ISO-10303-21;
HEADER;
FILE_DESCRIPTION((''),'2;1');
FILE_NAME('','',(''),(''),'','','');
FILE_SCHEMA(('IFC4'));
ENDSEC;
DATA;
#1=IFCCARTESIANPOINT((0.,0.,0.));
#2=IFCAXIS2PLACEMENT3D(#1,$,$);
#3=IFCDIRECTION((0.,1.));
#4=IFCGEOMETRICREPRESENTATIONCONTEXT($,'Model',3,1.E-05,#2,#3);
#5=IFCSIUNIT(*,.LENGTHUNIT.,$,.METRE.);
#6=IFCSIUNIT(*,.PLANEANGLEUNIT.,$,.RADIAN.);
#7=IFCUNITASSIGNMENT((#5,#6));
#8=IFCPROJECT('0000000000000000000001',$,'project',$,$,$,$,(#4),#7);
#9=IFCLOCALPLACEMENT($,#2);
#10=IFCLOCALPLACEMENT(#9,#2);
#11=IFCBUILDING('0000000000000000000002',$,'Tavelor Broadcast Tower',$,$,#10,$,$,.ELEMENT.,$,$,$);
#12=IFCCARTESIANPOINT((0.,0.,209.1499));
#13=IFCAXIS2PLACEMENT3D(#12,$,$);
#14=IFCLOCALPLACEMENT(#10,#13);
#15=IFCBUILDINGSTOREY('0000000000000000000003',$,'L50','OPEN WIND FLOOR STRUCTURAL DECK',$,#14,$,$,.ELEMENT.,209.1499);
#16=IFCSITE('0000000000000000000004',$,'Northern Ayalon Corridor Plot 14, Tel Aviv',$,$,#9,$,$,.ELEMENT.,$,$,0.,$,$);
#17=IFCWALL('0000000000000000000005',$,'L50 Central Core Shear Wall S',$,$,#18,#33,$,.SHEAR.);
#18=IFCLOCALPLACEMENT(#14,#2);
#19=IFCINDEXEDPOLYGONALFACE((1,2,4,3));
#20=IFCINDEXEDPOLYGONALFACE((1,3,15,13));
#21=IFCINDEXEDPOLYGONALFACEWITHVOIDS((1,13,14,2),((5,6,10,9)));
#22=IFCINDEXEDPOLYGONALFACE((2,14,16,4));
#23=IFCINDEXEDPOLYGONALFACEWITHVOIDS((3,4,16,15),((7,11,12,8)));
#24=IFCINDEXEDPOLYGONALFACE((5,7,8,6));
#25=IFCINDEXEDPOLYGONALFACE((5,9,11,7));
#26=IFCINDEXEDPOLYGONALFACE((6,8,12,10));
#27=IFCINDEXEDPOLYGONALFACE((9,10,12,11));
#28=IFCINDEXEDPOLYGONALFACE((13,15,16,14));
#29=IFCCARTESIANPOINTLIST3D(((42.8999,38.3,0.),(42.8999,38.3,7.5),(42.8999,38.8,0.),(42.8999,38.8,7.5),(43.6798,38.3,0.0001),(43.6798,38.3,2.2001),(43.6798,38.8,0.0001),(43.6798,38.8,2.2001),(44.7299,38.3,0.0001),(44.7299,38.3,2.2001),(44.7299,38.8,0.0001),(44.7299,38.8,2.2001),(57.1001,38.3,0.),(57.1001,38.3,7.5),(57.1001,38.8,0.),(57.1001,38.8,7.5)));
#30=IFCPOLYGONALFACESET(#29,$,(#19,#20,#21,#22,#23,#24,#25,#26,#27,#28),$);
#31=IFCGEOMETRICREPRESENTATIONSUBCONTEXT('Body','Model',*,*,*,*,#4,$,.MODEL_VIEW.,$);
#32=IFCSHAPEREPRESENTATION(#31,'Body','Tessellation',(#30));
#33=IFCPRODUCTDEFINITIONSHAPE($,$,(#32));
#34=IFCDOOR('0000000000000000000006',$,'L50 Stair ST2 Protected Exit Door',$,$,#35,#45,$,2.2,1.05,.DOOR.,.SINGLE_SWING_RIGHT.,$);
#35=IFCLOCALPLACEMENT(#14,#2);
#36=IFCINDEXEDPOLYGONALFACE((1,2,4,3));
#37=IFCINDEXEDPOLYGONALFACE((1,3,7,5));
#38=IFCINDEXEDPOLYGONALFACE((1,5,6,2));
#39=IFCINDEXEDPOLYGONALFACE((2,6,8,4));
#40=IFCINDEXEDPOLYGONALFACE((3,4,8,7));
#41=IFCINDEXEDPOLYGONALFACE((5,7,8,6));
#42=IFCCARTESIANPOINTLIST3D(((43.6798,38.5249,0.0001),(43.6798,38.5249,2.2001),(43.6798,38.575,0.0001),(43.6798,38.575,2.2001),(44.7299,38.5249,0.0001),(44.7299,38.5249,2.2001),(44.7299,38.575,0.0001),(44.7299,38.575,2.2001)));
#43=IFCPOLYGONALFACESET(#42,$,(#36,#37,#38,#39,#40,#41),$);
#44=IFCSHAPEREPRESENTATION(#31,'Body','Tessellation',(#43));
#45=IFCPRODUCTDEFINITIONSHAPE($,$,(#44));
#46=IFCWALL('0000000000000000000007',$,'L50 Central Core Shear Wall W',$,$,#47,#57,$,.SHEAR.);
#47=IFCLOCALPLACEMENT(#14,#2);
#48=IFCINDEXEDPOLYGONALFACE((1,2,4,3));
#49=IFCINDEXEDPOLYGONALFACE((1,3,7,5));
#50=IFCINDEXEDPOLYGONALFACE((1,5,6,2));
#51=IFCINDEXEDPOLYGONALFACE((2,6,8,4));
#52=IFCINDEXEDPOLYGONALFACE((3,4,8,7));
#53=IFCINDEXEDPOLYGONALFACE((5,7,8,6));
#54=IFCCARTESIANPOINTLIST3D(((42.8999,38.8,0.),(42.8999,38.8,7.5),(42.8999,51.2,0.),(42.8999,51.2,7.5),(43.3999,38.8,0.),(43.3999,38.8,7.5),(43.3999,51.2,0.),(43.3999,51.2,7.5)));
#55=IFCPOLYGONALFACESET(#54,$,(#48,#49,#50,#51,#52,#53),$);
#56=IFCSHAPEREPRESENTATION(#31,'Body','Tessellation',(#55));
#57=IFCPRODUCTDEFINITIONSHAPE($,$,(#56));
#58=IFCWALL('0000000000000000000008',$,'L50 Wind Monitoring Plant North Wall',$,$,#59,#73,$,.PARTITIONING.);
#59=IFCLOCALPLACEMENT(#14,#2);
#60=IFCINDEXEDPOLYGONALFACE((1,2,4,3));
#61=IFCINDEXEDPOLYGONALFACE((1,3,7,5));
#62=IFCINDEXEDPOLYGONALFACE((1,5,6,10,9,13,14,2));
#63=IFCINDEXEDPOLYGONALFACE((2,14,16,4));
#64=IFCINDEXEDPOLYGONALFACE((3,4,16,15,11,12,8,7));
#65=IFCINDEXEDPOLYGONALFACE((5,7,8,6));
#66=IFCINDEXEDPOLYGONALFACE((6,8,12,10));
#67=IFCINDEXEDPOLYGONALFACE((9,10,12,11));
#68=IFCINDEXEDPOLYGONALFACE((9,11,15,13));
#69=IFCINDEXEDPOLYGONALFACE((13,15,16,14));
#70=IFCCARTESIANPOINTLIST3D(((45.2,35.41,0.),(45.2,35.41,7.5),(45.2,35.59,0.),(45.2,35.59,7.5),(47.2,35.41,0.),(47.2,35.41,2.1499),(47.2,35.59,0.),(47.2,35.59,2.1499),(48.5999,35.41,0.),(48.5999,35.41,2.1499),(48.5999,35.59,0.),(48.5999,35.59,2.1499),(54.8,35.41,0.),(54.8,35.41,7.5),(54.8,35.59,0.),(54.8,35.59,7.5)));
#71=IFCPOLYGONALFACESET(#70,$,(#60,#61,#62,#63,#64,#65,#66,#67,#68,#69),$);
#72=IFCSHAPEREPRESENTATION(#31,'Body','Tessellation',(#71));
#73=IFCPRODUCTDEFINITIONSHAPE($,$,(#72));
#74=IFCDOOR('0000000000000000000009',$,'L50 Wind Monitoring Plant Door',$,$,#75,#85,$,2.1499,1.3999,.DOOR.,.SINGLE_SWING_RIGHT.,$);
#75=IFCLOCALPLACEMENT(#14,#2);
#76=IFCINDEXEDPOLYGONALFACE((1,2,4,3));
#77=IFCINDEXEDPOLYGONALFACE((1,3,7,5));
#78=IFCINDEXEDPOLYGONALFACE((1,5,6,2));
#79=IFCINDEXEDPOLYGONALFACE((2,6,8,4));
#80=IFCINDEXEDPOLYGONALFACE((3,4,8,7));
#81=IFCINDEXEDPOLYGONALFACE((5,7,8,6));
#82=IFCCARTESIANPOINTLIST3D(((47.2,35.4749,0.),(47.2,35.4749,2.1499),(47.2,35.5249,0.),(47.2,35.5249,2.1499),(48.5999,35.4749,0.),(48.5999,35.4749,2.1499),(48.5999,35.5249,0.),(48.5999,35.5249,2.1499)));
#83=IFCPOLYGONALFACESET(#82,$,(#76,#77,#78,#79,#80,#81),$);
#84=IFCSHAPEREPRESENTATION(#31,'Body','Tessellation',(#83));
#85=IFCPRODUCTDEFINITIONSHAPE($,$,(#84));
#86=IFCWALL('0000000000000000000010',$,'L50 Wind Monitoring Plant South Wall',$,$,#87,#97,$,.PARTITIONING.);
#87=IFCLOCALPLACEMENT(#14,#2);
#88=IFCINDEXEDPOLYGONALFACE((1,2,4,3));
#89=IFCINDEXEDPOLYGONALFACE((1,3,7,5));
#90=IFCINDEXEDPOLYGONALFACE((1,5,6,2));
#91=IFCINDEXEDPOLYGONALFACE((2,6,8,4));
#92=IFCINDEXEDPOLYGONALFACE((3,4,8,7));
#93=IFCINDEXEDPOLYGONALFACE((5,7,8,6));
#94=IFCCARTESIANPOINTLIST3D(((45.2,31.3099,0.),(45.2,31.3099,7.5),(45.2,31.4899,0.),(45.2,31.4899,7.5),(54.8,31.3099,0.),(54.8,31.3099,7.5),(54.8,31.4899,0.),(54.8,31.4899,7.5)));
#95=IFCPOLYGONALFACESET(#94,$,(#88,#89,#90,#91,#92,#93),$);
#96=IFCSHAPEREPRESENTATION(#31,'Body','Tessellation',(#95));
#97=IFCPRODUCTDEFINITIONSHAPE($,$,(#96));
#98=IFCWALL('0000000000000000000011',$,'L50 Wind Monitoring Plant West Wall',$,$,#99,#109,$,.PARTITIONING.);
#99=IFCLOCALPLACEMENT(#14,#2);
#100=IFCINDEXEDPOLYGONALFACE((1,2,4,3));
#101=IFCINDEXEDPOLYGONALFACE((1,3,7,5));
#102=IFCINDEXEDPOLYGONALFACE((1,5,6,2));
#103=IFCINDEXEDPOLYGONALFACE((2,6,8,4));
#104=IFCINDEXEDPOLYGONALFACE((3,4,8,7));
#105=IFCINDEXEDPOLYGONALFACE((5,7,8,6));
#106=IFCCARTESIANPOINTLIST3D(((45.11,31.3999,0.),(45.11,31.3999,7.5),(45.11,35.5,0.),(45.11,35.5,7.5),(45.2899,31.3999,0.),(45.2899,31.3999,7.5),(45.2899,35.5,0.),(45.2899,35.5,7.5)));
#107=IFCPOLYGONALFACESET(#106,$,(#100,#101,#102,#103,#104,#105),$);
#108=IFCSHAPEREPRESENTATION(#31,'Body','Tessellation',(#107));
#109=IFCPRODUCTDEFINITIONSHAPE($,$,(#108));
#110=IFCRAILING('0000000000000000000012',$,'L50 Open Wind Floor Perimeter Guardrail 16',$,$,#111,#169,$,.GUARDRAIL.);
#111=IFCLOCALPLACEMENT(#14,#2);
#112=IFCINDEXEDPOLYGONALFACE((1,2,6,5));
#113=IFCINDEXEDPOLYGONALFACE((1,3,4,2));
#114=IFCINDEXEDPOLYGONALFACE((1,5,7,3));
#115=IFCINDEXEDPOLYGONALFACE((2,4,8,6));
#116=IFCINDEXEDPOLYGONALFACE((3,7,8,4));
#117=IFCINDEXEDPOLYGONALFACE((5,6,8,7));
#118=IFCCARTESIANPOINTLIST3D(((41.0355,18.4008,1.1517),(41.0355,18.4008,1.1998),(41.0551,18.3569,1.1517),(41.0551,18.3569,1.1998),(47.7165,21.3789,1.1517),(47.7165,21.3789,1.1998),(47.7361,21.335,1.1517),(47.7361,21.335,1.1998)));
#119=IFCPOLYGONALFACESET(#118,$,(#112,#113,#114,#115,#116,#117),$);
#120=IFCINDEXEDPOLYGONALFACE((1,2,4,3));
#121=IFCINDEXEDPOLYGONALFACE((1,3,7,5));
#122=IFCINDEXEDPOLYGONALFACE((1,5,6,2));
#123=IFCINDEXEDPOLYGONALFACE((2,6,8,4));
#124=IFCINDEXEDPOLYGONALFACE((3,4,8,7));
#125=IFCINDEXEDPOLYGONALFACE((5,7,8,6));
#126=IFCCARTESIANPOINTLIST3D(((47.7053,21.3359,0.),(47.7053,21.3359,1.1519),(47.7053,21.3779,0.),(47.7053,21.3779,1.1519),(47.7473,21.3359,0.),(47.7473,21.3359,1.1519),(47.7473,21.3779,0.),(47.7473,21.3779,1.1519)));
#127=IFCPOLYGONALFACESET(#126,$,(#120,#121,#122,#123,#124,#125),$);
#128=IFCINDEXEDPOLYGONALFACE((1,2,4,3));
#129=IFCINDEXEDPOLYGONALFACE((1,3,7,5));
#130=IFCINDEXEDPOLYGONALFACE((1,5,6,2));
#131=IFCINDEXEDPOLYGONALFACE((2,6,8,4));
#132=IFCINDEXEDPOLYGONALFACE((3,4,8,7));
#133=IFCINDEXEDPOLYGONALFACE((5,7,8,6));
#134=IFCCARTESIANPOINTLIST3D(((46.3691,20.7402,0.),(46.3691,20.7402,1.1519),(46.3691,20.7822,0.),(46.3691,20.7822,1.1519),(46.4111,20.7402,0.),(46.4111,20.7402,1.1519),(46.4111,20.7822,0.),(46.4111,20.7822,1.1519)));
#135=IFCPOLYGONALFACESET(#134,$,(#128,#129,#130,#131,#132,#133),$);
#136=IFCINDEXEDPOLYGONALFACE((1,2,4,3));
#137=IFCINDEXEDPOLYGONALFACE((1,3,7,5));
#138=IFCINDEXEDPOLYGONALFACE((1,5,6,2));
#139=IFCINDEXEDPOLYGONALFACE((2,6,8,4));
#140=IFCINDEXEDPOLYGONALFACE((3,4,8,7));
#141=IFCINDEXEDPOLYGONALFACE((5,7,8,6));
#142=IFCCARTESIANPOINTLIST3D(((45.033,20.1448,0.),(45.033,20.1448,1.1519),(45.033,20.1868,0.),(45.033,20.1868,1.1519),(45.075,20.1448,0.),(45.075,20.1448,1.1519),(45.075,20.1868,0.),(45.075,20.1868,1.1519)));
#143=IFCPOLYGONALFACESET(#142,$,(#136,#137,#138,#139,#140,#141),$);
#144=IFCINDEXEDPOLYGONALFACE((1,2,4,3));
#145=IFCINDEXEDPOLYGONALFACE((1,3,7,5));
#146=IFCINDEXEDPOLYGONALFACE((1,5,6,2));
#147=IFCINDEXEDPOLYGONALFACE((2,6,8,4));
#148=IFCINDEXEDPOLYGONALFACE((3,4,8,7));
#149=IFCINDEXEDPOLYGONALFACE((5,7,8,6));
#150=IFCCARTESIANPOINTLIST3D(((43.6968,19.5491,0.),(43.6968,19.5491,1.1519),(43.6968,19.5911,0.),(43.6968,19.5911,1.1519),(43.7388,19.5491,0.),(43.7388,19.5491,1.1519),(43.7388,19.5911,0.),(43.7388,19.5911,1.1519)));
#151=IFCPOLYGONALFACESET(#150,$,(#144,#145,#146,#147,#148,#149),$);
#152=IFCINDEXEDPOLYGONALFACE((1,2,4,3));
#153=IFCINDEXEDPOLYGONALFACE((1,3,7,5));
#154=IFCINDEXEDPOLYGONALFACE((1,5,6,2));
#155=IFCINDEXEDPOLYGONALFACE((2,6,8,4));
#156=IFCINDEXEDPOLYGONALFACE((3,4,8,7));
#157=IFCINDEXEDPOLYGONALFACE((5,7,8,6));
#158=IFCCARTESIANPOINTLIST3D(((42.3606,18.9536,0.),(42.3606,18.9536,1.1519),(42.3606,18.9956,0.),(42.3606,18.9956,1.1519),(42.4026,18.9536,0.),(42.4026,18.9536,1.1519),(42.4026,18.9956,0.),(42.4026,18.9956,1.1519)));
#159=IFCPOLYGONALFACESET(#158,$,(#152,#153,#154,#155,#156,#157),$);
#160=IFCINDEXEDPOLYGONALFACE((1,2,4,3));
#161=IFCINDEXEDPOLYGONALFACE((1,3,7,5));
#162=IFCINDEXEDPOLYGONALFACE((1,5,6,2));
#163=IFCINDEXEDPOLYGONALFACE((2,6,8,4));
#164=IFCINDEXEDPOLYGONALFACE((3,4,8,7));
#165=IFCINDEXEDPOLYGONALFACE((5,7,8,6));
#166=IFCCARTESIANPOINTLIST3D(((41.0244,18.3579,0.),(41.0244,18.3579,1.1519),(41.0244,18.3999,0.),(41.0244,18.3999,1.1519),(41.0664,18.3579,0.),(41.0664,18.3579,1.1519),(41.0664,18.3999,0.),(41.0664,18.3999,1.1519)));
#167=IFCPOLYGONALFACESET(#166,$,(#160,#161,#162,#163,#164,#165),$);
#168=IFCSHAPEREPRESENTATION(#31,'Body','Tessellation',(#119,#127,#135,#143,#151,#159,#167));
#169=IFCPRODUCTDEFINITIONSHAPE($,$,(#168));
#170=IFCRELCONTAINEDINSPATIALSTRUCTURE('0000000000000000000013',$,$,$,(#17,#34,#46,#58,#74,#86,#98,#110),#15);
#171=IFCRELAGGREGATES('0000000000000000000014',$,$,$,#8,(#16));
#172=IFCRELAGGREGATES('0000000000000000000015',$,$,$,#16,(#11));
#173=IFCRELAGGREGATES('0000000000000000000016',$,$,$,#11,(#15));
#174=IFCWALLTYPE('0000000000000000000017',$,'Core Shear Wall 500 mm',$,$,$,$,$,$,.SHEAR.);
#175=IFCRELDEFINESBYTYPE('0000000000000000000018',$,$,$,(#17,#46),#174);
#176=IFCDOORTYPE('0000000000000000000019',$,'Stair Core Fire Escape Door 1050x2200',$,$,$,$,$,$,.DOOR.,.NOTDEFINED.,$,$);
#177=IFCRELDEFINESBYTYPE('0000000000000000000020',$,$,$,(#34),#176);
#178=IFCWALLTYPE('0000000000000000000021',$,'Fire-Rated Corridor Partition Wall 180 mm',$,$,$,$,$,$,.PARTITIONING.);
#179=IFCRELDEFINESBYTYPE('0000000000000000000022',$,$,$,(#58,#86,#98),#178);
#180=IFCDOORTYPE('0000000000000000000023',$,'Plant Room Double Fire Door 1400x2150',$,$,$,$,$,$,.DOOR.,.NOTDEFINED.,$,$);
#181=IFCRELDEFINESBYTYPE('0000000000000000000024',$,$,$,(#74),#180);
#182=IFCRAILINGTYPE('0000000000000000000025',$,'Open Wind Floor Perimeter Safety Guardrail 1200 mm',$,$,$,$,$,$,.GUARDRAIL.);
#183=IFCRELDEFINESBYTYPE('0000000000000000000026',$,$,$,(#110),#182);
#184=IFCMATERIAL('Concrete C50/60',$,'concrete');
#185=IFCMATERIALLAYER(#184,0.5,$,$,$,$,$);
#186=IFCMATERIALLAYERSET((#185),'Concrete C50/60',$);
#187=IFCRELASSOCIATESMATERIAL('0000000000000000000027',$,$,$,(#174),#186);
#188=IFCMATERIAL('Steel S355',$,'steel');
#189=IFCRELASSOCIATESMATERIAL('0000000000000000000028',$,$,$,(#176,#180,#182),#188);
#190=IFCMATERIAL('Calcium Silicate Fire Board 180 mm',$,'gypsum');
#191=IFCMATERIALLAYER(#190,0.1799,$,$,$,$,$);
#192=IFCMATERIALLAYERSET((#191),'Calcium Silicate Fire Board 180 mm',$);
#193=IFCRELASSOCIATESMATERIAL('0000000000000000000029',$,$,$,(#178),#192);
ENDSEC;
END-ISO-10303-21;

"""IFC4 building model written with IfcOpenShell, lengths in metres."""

from ifc_helpers import new_model, si_unit, direction, frame, frame_2d, origin, origin_2d, place, context, subcontext, project, spatial, rectangle, extrude, material, layer, layer_set, type_object, element, fill, save


model = new_model("IFC4")

# Units and contexts
model_context = context("Model", 3, precision=1e-05, world=origin(), true_north=direction((0.0, 1.0)))
body_context = subcontext(model_context, "Body", "Model", "MODEL_VIEW")
ifc_project = project(units=[si_unit("LENGTHUNIT", "METRE"), si_unit("PLANEANGLEUNIT", "RADIAN")], contexts=[model_context])

# Site, building, storey
site_placement = place(None, origin())
site = spatial("IfcSite", under=ifc_project, at=site_placement, Name="Northern Ayalon Corridor Plot 14, Tel Aviv", CompositionType="ELEMENT", RefElevation=0.0)
building_placement = place(site_placement, origin())
building = spatial("IfcBuilding", under=site, at=building_placement, Name="Tavelor Broadcast Tower", CompositionType="ELEMENT")
storey_placement = place(building_placement, frame((0.0, 0.0, 209.1499)))
storey = spatial("IfcBuildingStorey", under=building, at=storey_placement, Name="L50", Description="OPEN WIND FLOOR STRUCTURAL DECK", CompositionType="ELEMENT", Elevation=209.1499)

# Shared definitions
ifc_material_1 = material(Name="Steel S355", Category="steel")

# Wall, opening, door
ifc_material_2 = material(Name="Concrete C50/60", Category="concrete")
ifc_layer_1 = layer(ifc_material_2, 0.5)
ifc_layer_set_1 = layer_set([ifc_layer_1], Name="Concrete C50/60")
wall_type_1 = type_object("IfcWallType", Name="Core Shear Wall 500 mm", PredefinedType="SHEAR", material=ifc_layer_set_1)
wall_1_placement = place(storey_placement, frame((42.8999, 38.55, 0.0), z_axis=(0.0, 0.0, 1.0), x_axis=(1.0, 0.0, 0.0)))
wall_1 = element("IfcWall", 1, at=wall_1_placement, inside=storey, type_object=wall_type_1, Name="L50 Central Core Shear Wall S", PredefinedType="SHEAR", context=body_context, shape_type="SweptSolid", body=[
    extrude(rectangle(XDim=14.2002, YDim=0.5, at=frame_2d((7.1001, 0.0))), origin(), (0.0, 0.0, 1.0), 7.5),
])
opening_1_placement = place(wall_1_placement, frame((0.78, 0.0, 0.0)))
opening_1 = element("IfcOpeningElement", 2, at=opening_1_placement, cuts=wall_1, PredefinedType="OPENING", context=body_context, shape_type="SweptSolid", body=[
    extrude(rectangle(XDim=1.05, YDim=2.2, at=frame_2d((0.5249, 1.1001))), frame((0.0, 0.26, 0.0), z_axis=(0.0, -1.0, 0.0), x_axis=(1.0, 0.0, 0.0)), (0.0, 0.0, 1.0), 0.52),
])
door_type_1 = type_object("IfcDoorType", Name="Stair Core Fire Escape Door 1050x2200", OperationType="NOTDEFINED", PredefinedType="DOOR", material=ifc_material_1)
door_1_placement = place(opening_1_placement, origin())
door_1 = element("IfcDoor", 3, at=door_1_placement, inside=storey, type_object=door_type_1, Name="L50 Stair ST2 Protected Exit Door", OperationType="SINGLE_SWING_RIGHT", OverallHeight=2.2, OverallWidth=1.05, PredefinedType="DOOR", context=body_context, shape_type="SweptSolid", body=[
    extrude(rectangle(XDim=1.05, YDim=2.2, at=frame_2d((0.5249, 1.1001))), frame((0.0, 0.0249, 0.0), z_axis=(0.0, -1.0, 0.0), x_axis=(1.0, 0.0, 0.0)), (0.0, 0.0, 1.0), 0.05),
])
fill(opening_1, door_1)

# Wall
wall_2_placement = place(storey_placement, frame((43.1499, 38.8, 0.0), z_axis=(0.0, 0.0, 1.0), x_axis=(0.0, 1.0, 0.0)))
element("IfcWall", 4, at=wall_2_placement, inside=storey, type_object=wall_type_1, Name="L50 Central Core Shear Wall W", PredefinedType="SHEAR", context=body_context, shape_type="SweptSolid", body=[
    extrude(rectangle(XDim=12.3999, YDim=0.5, at=frame_2d((6.2, 0.0))), origin(), (0.0, 0.0, 1.0), 7.5),
])

# Wall, opening, door
ifc_material_3 = material(Name="Calcium Silicate Fire Board 180 mm", Category="gypsum")
ifc_layer_2 = layer(ifc_material_3, 0.1799)
ifc_layer_set_2 = layer_set([ifc_layer_2], Name="Calcium Silicate Fire Board 180 mm")
wall_type_2 = type_object("IfcWallType", Name="Fire-Rated Corridor Partition Wall 180 mm", PredefinedType="PARTITIONING", material=ifc_layer_set_2)
wall_3_placement = place(storey_placement, frame((45.2, 35.5, 0.0), z_axis=(0.0, 0.0, 1.0), x_axis=(1.0, 0.0, 0.0)))
wall_3 = element("IfcWall", 5, at=wall_3_placement, inside=storey, type_object=wall_type_2, Name="L50 Wind Monitoring Plant North Wall", PredefinedType="PARTITIONING", context=body_context, shape_type="SweptSolid", body=[
    extrude(rectangle(XDim=9.6001, YDim=0.1799, at=frame_2d((4.8, 0.0))), origin(), (0.0, 0.0, 1.0), 7.5),
])
opening_2_placement = place(wall_3_placement, frame((2.0, 0.0, 0.0)))
opening_2 = element("IfcOpeningElement", 6, at=opening_2_placement, cuts=wall_3, PredefinedType="OPENING", context=body_context, shape_type="SweptSolid", body=[
    extrude(rectangle(XDim=1.3999, YDim=2.1499, at=frame_2d((0.7, 1.075))), frame((0.0, 0.1001, 0.0), z_axis=(0.0, -1.0, 0.0), x_axis=(1.0, 0.0, 0.0)), (0.0, 0.0, 1.0), 0.2),
])
door_type_2 = type_object("IfcDoorType", Name="Plant Room Double Fire Door 1400x2150", OperationType="NOTDEFINED", PredefinedType="DOOR", material=ifc_material_1)
door_2_placement = place(opening_2_placement, origin())
door_2 = element("IfcDoor", 7, at=door_2_placement, inside=storey, type_object=door_type_2, Name="L50 Wind Monitoring Plant Door", OperationType="SINGLE_SWING_RIGHT", OverallHeight=2.1499, OverallWidth=1.3999, PredefinedType="DOOR", context=body_context, shape_type="SweptSolid", body=[
    extrude(rectangle(XDim=1.3999, YDim=2.1499, at=frame_2d((0.7, 1.075))), frame((0.0, 0.0249, 0.0), z_axis=(0.0, -1.0, 0.0), x_axis=(1.0, 0.0, 0.0)), (0.0, 0.0, 1.0), 0.05),
])
fill(opening_2, door_2)

# Walls
wall_4_placement = place(storey_placement, frame((45.2, 31.3999, 0.0), z_axis=(0.0, 0.0, 1.0), x_axis=(1.0, 0.0, 0.0)))
element("IfcWall", 8, at=wall_4_placement, inside=storey, type_object=wall_type_2, Name="L50 Wind Monitoring Plant South Wall", PredefinedType="PARTITIONING", context=body_context, shape_type="SweptSolid", body=[
    extrude(rectangle(XDim=9.6001, YDim=0.1799, at=frame_2d((4.8, 0.0))), origin(), (0.0, 0.0, 1.0), 7.5),
])
wall_5_placement = place(storey_placement, frame((45.2, 31.3999, 0.0), z_axis=(0.0, 0.0, 1.0), x_axis=(0.0, 1.0, 0.0)))
element("IfcWall", 9, at=wall_5_placement, inside=storey, type_object=wall_type_2, Name="L50 Wind Monitoring Plant West Wall", PredefinedType="PARTITIONING", context=body_context, shape_type="SweptSolid", body=[
    extrude(rectangle(XDim=4.1001, YDim=0.1799, at=frame_2d((2.05, 0.0))), origin(), (0.0, 0.0, 1.0), 7.5),
])

# Railing
railing_type = type_object("IfcRailingType", Name="Open Wind Floor Perimeter Safety Guardrail 1200 mm", PredefinedType="GUARDRAIL", material=ifc_material_1)
railing_1_placement = place(storey_placement, frame((47.7263, 21.3569, 0.0)))
element("IfcRailing", 10, at=railing_1_placement, inside=storey, type_object=railing_type, Name="L50 Open Wind Floor Perimeter Guardrail 16", PredefinedType="GUARDRAIL", context=body_context, shape_type="SweptSolid", body=[
    extrude(rectangle(XDim=0.0481, YDim=0.0481, at=origin_2d()), frame((0.0, 0.0, 1.1758), z_axis=(-0.913368, -0.407135, 0.0), x_axis=(0.407135, -0.913368, 0.0)), (0.0, 0.0, 1.0), 7.3147),
    extrude(rectangle(XDim=0.042, YDim=0.042, at=origin_2d()), origin(), (0.0, 0.0, 1.0), 1.1519),
    extrude(rectangle(XDim=0.042, YDim=0.042, at=origin_2d()), frame((-1.3362, -0.5957, 0.0)), (0.0, 0.0, 1.0), 1.1519),
    extrude(rectangle(XDim=0.042, YDim=0.042, at=origin_2d()), frame((-2.6724, -1.1912, 0.0)), (0.0, 0.0, 1.0), 1.1519),
    extrude(rectangle(XDim=0.042, YDim=0.042, at=origin_2d()), frame((-4.0085, -1.7869, 0.0)), (0.0, 0.0, 1.0), 1.1519),
    extrude(rectangle(XDim=0.042, YDim=0.042, at=origin_2d()), frame((-5.3447, -2.3823, 0.0)), (0.0, 0.0, 1.0), 1.1519),
    extrude(rectangle(XDim=0.042, YDim=0.042, at=origin_2d()), frame((-6.6809, -2.978, 0.0)), (0.0, 0.0, 1.0), 1.1519),
])

save(model, "model.ifc")
